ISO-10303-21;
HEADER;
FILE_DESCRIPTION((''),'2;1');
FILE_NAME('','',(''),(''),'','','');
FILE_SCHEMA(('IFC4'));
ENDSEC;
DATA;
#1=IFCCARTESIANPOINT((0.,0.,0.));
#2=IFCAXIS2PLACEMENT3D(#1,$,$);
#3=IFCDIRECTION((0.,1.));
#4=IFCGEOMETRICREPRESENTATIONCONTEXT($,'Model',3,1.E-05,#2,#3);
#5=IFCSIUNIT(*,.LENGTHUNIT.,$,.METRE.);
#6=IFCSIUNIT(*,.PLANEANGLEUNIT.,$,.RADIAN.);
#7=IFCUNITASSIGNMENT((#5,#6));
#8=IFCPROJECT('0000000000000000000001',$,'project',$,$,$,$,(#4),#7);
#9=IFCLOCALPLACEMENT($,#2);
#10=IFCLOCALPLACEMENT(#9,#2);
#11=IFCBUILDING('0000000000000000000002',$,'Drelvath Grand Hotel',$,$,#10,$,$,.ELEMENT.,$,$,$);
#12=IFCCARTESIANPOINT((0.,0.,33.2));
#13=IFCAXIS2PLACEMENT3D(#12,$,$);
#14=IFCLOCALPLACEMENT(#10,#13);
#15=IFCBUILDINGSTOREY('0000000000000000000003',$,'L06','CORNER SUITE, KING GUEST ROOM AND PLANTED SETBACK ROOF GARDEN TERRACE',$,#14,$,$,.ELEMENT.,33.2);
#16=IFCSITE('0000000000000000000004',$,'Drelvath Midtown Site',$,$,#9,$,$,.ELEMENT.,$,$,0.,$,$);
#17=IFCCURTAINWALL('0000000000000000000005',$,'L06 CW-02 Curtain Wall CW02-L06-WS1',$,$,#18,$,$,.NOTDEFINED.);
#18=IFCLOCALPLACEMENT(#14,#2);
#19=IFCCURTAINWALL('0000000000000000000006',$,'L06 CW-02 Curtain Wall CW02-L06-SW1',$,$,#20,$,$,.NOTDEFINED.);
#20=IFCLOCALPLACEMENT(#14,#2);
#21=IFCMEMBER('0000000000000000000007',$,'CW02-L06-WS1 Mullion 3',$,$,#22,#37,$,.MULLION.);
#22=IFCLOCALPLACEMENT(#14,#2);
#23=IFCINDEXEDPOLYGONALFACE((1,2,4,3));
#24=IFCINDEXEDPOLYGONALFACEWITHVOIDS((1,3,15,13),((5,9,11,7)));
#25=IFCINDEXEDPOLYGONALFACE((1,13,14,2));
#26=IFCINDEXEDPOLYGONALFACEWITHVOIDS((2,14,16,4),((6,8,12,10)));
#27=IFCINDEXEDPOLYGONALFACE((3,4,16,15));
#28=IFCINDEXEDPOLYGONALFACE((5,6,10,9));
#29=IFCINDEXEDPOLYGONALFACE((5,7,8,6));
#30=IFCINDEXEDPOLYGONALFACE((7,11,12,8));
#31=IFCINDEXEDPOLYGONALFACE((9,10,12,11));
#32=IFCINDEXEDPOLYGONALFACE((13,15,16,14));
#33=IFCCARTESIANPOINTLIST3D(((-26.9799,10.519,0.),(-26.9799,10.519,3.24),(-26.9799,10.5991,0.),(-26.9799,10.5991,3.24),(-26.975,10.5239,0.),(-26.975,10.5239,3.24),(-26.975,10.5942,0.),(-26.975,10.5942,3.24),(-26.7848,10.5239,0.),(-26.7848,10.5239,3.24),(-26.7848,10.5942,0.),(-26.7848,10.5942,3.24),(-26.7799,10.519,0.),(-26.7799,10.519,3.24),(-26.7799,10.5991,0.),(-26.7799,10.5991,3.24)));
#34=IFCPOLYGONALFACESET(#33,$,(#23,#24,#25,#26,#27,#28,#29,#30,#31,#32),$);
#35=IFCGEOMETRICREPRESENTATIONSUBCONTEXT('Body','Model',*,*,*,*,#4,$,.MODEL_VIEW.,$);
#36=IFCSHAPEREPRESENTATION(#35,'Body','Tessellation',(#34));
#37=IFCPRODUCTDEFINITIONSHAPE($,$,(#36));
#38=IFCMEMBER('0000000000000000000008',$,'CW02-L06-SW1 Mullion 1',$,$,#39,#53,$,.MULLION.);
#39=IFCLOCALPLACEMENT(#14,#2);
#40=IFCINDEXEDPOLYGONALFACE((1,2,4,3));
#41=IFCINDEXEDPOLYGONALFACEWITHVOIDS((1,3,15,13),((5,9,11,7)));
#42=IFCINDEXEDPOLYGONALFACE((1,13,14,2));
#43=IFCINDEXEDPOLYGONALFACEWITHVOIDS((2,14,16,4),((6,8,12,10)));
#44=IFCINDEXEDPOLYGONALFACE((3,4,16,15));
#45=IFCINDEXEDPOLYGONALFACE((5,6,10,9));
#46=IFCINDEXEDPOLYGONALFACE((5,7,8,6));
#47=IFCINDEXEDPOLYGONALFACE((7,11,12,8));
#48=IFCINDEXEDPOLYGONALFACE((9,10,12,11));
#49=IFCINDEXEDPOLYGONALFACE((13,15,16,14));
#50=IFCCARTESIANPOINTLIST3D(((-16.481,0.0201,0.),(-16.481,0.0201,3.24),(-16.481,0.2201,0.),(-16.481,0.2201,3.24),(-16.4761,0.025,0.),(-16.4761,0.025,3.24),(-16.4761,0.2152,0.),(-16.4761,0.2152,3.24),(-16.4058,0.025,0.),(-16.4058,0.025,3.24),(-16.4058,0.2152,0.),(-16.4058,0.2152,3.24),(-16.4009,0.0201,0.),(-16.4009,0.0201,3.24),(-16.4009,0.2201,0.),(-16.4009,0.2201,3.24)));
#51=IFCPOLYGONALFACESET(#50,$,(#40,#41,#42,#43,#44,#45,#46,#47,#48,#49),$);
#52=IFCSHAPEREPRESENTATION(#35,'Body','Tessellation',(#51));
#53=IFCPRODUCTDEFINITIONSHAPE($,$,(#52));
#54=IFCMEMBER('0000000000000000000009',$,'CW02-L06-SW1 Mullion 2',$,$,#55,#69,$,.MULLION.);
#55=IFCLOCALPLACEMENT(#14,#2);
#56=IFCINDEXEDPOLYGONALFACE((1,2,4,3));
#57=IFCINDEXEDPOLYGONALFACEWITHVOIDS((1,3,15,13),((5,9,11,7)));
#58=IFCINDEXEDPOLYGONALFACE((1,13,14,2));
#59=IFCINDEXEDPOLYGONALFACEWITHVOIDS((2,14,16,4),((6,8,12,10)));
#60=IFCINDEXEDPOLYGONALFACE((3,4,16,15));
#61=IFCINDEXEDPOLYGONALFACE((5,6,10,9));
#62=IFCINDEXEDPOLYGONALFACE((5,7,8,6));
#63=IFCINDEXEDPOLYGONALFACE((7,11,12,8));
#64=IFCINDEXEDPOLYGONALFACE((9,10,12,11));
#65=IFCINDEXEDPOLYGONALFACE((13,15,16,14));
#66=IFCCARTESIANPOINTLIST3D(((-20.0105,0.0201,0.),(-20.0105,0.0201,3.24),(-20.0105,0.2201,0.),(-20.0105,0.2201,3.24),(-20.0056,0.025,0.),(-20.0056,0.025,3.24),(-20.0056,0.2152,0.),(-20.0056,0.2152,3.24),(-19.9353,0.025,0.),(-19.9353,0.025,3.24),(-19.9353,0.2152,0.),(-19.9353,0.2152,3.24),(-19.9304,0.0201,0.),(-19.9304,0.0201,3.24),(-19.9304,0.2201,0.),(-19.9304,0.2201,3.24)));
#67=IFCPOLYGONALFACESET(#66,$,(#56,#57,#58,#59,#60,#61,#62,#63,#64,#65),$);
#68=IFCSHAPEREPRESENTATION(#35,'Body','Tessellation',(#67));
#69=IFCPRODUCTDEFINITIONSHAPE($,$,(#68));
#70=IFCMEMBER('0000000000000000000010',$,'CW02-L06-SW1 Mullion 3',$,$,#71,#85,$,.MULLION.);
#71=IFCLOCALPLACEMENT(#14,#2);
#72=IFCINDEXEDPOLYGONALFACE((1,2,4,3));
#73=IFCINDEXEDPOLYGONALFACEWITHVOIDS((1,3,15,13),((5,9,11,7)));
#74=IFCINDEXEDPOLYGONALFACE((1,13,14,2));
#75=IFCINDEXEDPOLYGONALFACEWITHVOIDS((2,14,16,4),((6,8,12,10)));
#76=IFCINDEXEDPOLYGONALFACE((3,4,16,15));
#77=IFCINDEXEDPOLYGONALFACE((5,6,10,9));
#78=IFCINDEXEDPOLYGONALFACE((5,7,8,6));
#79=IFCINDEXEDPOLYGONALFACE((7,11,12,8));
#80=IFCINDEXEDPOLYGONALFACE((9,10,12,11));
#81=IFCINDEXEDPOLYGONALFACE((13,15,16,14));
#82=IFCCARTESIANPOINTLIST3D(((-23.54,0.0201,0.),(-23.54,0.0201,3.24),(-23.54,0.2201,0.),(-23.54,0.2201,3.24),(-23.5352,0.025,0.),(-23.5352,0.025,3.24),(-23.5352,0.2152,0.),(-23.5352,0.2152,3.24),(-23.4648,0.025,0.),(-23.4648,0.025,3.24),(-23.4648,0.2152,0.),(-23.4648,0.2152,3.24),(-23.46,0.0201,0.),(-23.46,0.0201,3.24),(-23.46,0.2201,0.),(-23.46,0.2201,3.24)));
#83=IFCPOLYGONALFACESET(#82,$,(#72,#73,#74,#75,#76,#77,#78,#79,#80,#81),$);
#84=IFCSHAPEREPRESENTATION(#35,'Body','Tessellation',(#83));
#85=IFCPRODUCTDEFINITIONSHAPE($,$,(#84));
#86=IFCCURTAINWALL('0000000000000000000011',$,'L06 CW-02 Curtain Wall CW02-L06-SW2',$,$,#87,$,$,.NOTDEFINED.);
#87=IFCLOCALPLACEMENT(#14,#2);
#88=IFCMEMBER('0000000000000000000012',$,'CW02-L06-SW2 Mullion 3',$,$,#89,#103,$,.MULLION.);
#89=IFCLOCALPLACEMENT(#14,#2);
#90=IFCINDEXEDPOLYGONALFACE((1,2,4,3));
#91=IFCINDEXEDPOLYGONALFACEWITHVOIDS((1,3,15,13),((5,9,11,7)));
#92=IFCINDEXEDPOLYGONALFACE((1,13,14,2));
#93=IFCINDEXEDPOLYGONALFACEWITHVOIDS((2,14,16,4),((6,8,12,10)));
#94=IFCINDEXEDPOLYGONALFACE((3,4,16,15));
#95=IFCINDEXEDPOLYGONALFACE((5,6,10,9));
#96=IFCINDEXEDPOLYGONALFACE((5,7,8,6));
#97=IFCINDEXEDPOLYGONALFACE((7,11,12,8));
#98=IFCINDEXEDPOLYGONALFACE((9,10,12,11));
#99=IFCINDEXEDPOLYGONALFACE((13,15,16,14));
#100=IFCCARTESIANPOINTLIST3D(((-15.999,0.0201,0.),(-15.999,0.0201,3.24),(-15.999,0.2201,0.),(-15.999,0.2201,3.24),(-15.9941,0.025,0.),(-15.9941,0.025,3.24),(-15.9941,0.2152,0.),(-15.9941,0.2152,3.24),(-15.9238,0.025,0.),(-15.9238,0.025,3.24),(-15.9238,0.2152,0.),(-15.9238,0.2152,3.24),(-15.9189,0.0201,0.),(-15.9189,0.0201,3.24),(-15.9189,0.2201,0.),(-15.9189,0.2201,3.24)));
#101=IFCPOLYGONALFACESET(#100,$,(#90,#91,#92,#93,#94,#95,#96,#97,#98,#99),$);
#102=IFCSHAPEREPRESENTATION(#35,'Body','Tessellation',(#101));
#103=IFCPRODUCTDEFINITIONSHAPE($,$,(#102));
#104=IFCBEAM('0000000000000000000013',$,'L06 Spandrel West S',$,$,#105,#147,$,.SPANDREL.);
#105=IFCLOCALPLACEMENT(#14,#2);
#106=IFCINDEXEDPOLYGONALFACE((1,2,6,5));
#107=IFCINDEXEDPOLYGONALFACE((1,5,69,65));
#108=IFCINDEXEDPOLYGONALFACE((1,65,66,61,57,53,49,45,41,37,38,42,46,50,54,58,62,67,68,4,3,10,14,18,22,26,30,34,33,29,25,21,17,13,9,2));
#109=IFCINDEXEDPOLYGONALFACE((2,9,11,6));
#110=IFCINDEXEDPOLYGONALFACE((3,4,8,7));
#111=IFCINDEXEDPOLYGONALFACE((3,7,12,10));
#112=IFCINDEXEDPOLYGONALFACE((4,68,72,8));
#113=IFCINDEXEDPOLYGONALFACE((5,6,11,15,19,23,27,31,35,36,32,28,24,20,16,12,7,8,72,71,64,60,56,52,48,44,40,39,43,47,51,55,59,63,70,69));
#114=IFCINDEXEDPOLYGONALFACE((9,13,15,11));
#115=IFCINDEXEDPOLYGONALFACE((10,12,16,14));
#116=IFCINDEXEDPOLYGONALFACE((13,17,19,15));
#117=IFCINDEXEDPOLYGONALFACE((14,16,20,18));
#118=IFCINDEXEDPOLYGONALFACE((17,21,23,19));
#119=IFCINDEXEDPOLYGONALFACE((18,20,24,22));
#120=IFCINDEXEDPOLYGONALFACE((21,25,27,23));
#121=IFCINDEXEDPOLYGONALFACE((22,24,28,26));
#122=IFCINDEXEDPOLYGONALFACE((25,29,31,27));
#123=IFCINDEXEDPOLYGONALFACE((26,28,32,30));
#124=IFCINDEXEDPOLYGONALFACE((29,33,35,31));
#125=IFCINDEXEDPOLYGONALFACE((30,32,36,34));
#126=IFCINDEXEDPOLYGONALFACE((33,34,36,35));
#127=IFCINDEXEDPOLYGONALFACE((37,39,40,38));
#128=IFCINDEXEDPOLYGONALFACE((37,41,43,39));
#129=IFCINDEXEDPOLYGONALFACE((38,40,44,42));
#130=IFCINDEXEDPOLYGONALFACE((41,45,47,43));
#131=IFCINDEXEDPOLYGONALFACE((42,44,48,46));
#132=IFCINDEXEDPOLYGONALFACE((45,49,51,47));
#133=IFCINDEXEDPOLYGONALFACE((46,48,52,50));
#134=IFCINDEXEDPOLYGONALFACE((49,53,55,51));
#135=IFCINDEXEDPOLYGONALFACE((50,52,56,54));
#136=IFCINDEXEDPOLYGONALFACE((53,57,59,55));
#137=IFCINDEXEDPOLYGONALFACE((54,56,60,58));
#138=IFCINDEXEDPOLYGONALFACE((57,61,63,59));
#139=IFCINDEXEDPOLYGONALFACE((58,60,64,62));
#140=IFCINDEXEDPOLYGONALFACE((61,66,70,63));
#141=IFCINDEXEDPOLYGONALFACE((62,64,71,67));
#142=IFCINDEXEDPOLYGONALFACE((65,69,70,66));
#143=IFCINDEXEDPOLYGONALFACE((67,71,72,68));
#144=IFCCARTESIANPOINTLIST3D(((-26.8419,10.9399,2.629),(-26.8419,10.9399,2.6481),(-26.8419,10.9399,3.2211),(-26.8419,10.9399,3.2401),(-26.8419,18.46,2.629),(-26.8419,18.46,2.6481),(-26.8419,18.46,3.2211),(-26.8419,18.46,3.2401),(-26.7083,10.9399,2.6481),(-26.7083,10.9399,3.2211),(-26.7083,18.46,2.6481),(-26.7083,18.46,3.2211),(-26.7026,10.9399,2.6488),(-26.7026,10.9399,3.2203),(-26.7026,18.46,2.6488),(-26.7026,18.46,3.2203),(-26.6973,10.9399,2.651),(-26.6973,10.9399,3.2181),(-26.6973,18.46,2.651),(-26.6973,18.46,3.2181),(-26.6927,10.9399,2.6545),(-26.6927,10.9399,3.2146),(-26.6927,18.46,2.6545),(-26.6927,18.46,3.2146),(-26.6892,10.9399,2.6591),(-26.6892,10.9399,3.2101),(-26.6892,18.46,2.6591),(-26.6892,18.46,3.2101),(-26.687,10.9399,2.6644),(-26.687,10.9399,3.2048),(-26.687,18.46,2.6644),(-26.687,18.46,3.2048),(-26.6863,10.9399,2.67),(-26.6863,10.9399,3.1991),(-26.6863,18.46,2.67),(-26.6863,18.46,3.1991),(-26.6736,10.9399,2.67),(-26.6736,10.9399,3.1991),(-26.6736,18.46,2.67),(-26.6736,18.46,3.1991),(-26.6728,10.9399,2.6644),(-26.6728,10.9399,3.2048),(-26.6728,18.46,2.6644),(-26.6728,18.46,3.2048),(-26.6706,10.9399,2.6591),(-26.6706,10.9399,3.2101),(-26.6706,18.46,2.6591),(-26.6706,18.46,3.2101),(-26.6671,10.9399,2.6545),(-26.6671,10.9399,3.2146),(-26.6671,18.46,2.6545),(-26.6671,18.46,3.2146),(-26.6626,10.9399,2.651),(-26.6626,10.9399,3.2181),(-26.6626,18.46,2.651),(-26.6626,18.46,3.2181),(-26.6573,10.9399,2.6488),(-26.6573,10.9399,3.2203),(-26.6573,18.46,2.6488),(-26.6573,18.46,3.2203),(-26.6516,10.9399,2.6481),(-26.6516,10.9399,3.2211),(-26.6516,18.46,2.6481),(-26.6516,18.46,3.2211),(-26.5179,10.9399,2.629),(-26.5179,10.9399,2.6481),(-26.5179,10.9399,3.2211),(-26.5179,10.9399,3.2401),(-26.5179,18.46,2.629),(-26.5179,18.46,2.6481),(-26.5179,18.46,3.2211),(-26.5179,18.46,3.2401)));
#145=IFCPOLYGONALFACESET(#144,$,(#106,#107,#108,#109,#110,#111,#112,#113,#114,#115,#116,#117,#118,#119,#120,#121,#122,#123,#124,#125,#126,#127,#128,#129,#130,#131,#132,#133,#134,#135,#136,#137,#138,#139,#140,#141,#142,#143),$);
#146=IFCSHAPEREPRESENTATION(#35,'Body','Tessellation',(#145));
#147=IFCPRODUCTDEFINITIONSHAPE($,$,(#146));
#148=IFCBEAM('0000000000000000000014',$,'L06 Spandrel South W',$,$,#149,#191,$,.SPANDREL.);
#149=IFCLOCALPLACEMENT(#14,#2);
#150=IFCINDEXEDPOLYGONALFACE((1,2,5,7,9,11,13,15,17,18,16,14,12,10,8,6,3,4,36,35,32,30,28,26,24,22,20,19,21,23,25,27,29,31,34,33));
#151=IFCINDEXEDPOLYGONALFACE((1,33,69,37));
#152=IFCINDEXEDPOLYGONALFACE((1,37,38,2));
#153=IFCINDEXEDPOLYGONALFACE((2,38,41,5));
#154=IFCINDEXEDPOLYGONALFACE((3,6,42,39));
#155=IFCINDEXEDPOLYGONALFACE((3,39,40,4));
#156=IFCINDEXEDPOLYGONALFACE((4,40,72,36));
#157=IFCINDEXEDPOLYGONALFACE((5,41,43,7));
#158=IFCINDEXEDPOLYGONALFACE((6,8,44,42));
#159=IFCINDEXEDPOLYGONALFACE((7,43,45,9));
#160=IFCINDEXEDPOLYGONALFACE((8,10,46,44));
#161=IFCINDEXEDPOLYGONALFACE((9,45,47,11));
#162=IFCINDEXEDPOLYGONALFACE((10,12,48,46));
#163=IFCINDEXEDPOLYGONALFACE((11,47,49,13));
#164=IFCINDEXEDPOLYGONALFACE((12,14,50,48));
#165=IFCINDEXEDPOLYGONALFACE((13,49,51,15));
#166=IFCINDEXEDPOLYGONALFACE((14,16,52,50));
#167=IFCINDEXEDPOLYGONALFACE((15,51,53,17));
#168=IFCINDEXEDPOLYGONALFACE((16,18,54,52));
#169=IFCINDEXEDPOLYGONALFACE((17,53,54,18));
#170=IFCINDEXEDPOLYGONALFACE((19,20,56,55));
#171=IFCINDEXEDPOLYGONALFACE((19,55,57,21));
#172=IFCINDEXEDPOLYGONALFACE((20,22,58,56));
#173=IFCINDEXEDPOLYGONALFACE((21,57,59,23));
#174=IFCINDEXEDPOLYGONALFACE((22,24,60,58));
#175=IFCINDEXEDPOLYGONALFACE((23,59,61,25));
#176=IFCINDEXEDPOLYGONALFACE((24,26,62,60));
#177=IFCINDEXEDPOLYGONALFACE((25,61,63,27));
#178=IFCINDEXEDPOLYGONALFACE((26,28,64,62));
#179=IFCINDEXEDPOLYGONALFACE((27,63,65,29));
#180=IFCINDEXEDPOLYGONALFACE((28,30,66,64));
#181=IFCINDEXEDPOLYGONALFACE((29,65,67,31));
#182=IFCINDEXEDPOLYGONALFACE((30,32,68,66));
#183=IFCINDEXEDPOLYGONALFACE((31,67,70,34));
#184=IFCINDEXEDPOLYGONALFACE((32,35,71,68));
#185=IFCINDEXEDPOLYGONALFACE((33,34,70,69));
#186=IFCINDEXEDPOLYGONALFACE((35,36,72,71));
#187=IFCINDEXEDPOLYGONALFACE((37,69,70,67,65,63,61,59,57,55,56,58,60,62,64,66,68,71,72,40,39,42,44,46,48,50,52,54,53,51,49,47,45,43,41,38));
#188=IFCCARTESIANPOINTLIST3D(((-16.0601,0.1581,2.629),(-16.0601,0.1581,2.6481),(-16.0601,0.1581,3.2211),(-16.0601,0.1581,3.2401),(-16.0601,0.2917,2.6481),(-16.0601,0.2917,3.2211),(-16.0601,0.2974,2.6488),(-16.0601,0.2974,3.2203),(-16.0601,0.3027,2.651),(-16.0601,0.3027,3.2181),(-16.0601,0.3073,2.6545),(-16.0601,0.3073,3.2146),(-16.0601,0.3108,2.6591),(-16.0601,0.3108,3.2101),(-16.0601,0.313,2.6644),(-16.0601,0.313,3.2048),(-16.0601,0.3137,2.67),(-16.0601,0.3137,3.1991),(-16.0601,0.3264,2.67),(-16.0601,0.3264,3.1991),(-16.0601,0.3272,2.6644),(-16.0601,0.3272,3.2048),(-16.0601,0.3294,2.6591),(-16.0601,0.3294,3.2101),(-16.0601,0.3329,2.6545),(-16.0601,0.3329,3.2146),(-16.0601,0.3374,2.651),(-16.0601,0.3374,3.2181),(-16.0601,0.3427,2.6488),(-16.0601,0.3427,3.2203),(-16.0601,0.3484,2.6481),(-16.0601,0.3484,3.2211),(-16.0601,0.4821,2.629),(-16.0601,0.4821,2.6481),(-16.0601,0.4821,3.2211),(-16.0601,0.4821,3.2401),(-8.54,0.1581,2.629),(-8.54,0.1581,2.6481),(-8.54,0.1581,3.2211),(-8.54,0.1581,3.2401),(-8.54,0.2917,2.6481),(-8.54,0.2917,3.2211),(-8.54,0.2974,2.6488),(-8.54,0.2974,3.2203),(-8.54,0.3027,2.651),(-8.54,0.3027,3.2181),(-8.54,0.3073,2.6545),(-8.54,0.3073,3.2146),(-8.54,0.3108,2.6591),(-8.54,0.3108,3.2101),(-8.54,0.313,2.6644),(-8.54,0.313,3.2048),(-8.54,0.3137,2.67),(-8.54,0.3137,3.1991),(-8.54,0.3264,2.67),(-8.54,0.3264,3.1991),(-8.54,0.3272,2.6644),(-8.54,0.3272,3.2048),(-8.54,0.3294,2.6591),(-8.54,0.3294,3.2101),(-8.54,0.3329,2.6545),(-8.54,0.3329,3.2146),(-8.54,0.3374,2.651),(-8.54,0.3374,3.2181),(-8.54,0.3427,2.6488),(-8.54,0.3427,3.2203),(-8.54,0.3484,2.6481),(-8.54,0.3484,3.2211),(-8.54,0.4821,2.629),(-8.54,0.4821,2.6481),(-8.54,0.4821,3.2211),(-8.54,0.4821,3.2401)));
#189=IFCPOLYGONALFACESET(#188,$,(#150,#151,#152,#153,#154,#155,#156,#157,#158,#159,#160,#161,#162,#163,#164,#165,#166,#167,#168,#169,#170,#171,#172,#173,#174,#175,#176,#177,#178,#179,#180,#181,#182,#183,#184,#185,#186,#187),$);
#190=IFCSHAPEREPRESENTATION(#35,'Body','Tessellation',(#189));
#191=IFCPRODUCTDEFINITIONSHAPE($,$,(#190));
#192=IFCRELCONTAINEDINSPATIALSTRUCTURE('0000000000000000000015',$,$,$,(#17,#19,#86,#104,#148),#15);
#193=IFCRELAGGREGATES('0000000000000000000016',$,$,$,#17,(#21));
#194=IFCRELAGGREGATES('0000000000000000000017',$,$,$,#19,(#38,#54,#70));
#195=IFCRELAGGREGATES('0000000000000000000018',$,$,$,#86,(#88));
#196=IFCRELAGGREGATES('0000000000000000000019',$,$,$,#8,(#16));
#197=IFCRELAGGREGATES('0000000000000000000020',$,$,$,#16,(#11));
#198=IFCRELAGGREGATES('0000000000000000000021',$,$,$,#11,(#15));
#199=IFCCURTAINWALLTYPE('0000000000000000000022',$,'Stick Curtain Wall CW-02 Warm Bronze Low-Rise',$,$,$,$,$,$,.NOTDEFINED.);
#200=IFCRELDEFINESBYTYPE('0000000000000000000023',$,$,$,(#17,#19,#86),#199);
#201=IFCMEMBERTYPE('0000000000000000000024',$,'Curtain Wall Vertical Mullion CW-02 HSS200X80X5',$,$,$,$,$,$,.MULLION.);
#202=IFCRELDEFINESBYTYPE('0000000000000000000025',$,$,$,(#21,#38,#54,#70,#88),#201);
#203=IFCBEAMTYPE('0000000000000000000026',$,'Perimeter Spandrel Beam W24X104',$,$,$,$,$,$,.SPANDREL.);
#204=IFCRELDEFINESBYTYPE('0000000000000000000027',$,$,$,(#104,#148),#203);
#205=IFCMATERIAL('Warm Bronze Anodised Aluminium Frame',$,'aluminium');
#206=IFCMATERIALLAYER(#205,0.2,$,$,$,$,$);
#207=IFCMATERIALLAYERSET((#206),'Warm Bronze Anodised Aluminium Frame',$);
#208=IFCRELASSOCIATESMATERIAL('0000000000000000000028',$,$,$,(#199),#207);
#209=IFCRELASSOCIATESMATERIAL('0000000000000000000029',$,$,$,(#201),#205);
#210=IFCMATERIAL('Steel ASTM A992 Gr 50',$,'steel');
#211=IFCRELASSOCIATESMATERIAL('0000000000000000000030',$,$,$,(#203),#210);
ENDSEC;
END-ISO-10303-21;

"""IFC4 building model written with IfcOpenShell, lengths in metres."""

from ifc_helpers import new_model, si_unit, direction, frame, origin, origin_2d, place, context, subcontext, project, spatial, hollow_rectangle, i_section, extrude, material, layer, layer_set, material_profile, profile_set, type_object, element, aggregate, save


model = new_model("IFC4")

# Units and contexts
model_context = context("Model", 3, precision=1e-05, world=origin(), true_north=direction((0.0, 1.0)))
body_context = subcontext(model_context, "Body", "Model", "MODEL_VIEW")
ifc_project = project(units=[si_unit("LENGTHUNIT", "METRE"), si_unit("PLANEANGLEUNIT", "RADIAN")], contexts=[model_context])

# Site, building, storey
site_placement = place(None, origin())
site = spatial("IfcSite", under=ifc_project, at=site_placement, Name="Drelvath Midtown Site", CompositionType="ELEMENT", RefElevation=0.0)
building_placement = place(site_placement, origin())
building = spatial("IfcBuilding", under=site, at=building_placement, Name="Drelvath Grand Hotel", CompositionType="ELEMENT")
storey_placement = place(building_placement, frame((0.0, 0.0, 33.2)))
storey = spatial("IfcBuildingStorey", under=building, at=storey_placement, Name="L06", Description="CORNER SUITE, KING GUEST ROOM AND PLANTED SETBACK ROOF GARDEN TERRACE", CompositionType="ELEMENT", Elevation=33.2)

# Curtain walls
ifc_material_1 = material(Name="Warm Bronze Anodised Aluminium Frame", Category="aluminium")
ifc_layer_1 = layer(ifc_material_1, 0.2)
ifc_layer_set_1 = layer_set([ifc_layer_1], Name="Warm Bronze Anodised Aluminium Frame")
curtain_wall_type = type_object("IfcCurtainWallType", Name="Stick Curtain Wall CW-02 Warm Bronze Low-Rise", PredefinedType="NOTDEFINED", material=ifc_layer_set_1)
curtain_wall_1_placement = place(storey_placement, origin())
curtain_wall_1 = element("IfcCurtainWall", 1, at=curtain_wall_1_placement, inside=storey, type_object=curtain_wall_type, Name="L06 CW-02 Curtain Wall CW02-L06-WS1", PredefinedType="NOTDEFINED")
curtain_wall_2_placement = place(storey_placement, origin())
curtain_wall_2 = element("IfcCurtainWall", 2, at=curtain_wall_2_placement, inside=storey, type_object=curtain_wall_type, Name="L06 CW-02 Curtain Wall CW02-L06-SW1", PredefinedType="NOTDEFINED")

# Members
ifc_material_profile_1 = material_profile(ifc_material_1, hollow_rectangle(XDim=0.0801, YDim=0.2, WallThickness=0.0049, at=origin_2d()), Name="HSS200X80X5")
ifc_profile_set_1 = profile_set([ifc_material_profile_1], Name="Warm Bronze Anodised Aluminium Frame")
member_type_1 = type_object("IfcMemberType", Name="Curtain Wall Vertical Mullion CW-02 HSS200X80X5", PredefinedType="MULLION", material=ifc_profile_set_1)
member_1_placement = place(storey_placement, frame((-26.8799, 10.5591, 0.0), z_axis=(0.0, 0.0, 1.0), x_axis=(0.0, 1.0, 0.0)))
member_1 = element("IfcMember", 3, at=member_1_placement, type_object=member_type_1, Name="CW02-L06-WS1 Mullion 3", PredefinedType="MULLION", context=body_context, shape_type="SweptSolid", body=[
    extrude(hollow_rectangle(XDim=0.0801, YDim=0.2, WallThickness=0.0049, at=origin_2d()), origin(), (0.0, 0.0, 1.0), 3.24),
])
member_2_placement = place(storey_placement, frame((-16.4409, 0.1201, 0.0), z_axis=(0.0, 0.0, 1.0), x_axis=(1.0, 0.0, 0.0)))
member_2 = element("IfcMember", 4, at=member_2_placement, type_object=member_type_1, Name="CW02-L06-SW1 Mullion 1", PredefinedType="MULLION", context=body_context, shape_type="SweptSolid", body=[
    extrude(hollow_rectangle(XDim=0.0801, YDim=0.2, WallThickness=0.0049, at=origin_2d()), origin(), (0.0, 0.0, 1.0), 3.24),
])
member_3_placement = place(storey_placement, frame((-19.9705, 0.1201, 0.0), z_axis=(0.0, 0.0, 1.0), x_axis=(1.0, 0.0, 0.0)))
member_3 = element("IfcMember", 5, at=member_3_placement, type_object=member_type_1, Name="CW02-L06-SW1 Mullion 2", PredefinedType="MULLION", context=body_context, shape_type="SweptSolid", body=[
    extrude(hollow_rectangle(XDim=0.0801, YDim=0.2, WallThickness=0.0049, at=origin_2d()), origin(), (0.0, 0.0, 1.0), 3.24),
])
member_4_placement = place(storey_placement, frame((-23.5, 0.1201, 0.0), z_axis=(0.0, 0.0, 1.0), x_axis=(1.0, 0.0, 0.0)))
member_4 = element("IfcMember", 6, at=member_4_placement, type_object=member_type_1, Name="CW02-L06-SW1 Mullion 3", PredefinedType="MULLION", context=body_context, shape_type="SweptSolid", body=[
    extrude(hollow_rectangle(XDim=0.0801, YDim=0.2, WallThickness=0.0049, at=origin_2d()), origin(), (0.0, 0.0, 1.0), 3.24),
])

# Curtain wall, member
curtain_wall_3_placement = place(storey_placement, origin())
curtain_wall_3 = element("IfcCurtainWall", 7, at=curtain_wall_3_placement, inside=storey, type_object=curtain_wall_type, Name="L06 CW-02 Curtain Wall CW02-L06-SW2", PredefinedType="NOTDEFINED")
member_5_placement = place(storey_placement, frame((-15.959, 0.1201, 0.0), z_axis=(0.0, 0.0, 1.0), x_axis=(1.0, 0.0, 0.0)))
member_5 = element("IfcMember", 8, at=member_5_placement, type_object=member_type_1, Name="CW02-L06-SW2 Mullion 3", PredefinedType="MULLION", context=body_context, shape_type="SweptSolid", body=[
    extrude(hollow_rectangle(XDim=0.0801, YDim=0.2, WallThickness=0.0049, at=origin_2d()), origin(), (0.0, 0.0, 1.0), 3.24),
])

# Beams
ifc_material_2 = material(Name="Steel ASTM A992 Gr 50", Category="steel")
ifc_material_profile_2 = material_profile(ifc_material_2, i_section(OverallWidth=0.324, OverallDepth=0.6111, WebThickness=0.0127, FlangeThickness=0.019, FilletRadius=0.022, at=origin_2d()), Name="W24X104")
ifc_profile_set_2 = profile_set([ifc_material_profile_2], Name="Steel ASTM A992 Gr 50")
beam_type_1 = type_object("IfcBeamType", Name="Perimeter Spandrel Beam W24X104", PredefinedType="SPANDREL", material=ifc_profile_set_2)
for number, where, z_axis, x_axis, name in (
    (9, (-26.6799, 10.9399, 2.9346), (0.0, 1.0, 0.0), (-1.0, 0.0, 0.0), "L06 Spandrel West S"),
    (10, (-16.0601, 0.3201, 2.9346), (1.0, 0.0, 0.0), (0.0, 1.0, 0.0), "L06 Spandrel South W"),
):
    element("IfcBeam", number, at=place(storey_placement, frame(where, z_axis=z_axis, x_axis=x_axis)), inside=storey, type_object=beam_type_1, Name=name, PredefinedType="SPANDREL", context=body_context, shape_type="SweptSolid", body=[
        extrude(i_section(OverallWidth=0.324, OverallDepth=0.6111, WebThickness=0.0127, FlangeThickness=0.019, FilletRadius=0.022, at=origin_2d()), origin(), (0.0, 0.0, 1.0), 7.52),
    ])

aggregate(curtain_wall_1, [member_1])
aggregate(curtain_wall_2, [member_2, member_3, member_4])
aggregate(curtain_wall_3, [member_5])

save(model, "model.ifc")
